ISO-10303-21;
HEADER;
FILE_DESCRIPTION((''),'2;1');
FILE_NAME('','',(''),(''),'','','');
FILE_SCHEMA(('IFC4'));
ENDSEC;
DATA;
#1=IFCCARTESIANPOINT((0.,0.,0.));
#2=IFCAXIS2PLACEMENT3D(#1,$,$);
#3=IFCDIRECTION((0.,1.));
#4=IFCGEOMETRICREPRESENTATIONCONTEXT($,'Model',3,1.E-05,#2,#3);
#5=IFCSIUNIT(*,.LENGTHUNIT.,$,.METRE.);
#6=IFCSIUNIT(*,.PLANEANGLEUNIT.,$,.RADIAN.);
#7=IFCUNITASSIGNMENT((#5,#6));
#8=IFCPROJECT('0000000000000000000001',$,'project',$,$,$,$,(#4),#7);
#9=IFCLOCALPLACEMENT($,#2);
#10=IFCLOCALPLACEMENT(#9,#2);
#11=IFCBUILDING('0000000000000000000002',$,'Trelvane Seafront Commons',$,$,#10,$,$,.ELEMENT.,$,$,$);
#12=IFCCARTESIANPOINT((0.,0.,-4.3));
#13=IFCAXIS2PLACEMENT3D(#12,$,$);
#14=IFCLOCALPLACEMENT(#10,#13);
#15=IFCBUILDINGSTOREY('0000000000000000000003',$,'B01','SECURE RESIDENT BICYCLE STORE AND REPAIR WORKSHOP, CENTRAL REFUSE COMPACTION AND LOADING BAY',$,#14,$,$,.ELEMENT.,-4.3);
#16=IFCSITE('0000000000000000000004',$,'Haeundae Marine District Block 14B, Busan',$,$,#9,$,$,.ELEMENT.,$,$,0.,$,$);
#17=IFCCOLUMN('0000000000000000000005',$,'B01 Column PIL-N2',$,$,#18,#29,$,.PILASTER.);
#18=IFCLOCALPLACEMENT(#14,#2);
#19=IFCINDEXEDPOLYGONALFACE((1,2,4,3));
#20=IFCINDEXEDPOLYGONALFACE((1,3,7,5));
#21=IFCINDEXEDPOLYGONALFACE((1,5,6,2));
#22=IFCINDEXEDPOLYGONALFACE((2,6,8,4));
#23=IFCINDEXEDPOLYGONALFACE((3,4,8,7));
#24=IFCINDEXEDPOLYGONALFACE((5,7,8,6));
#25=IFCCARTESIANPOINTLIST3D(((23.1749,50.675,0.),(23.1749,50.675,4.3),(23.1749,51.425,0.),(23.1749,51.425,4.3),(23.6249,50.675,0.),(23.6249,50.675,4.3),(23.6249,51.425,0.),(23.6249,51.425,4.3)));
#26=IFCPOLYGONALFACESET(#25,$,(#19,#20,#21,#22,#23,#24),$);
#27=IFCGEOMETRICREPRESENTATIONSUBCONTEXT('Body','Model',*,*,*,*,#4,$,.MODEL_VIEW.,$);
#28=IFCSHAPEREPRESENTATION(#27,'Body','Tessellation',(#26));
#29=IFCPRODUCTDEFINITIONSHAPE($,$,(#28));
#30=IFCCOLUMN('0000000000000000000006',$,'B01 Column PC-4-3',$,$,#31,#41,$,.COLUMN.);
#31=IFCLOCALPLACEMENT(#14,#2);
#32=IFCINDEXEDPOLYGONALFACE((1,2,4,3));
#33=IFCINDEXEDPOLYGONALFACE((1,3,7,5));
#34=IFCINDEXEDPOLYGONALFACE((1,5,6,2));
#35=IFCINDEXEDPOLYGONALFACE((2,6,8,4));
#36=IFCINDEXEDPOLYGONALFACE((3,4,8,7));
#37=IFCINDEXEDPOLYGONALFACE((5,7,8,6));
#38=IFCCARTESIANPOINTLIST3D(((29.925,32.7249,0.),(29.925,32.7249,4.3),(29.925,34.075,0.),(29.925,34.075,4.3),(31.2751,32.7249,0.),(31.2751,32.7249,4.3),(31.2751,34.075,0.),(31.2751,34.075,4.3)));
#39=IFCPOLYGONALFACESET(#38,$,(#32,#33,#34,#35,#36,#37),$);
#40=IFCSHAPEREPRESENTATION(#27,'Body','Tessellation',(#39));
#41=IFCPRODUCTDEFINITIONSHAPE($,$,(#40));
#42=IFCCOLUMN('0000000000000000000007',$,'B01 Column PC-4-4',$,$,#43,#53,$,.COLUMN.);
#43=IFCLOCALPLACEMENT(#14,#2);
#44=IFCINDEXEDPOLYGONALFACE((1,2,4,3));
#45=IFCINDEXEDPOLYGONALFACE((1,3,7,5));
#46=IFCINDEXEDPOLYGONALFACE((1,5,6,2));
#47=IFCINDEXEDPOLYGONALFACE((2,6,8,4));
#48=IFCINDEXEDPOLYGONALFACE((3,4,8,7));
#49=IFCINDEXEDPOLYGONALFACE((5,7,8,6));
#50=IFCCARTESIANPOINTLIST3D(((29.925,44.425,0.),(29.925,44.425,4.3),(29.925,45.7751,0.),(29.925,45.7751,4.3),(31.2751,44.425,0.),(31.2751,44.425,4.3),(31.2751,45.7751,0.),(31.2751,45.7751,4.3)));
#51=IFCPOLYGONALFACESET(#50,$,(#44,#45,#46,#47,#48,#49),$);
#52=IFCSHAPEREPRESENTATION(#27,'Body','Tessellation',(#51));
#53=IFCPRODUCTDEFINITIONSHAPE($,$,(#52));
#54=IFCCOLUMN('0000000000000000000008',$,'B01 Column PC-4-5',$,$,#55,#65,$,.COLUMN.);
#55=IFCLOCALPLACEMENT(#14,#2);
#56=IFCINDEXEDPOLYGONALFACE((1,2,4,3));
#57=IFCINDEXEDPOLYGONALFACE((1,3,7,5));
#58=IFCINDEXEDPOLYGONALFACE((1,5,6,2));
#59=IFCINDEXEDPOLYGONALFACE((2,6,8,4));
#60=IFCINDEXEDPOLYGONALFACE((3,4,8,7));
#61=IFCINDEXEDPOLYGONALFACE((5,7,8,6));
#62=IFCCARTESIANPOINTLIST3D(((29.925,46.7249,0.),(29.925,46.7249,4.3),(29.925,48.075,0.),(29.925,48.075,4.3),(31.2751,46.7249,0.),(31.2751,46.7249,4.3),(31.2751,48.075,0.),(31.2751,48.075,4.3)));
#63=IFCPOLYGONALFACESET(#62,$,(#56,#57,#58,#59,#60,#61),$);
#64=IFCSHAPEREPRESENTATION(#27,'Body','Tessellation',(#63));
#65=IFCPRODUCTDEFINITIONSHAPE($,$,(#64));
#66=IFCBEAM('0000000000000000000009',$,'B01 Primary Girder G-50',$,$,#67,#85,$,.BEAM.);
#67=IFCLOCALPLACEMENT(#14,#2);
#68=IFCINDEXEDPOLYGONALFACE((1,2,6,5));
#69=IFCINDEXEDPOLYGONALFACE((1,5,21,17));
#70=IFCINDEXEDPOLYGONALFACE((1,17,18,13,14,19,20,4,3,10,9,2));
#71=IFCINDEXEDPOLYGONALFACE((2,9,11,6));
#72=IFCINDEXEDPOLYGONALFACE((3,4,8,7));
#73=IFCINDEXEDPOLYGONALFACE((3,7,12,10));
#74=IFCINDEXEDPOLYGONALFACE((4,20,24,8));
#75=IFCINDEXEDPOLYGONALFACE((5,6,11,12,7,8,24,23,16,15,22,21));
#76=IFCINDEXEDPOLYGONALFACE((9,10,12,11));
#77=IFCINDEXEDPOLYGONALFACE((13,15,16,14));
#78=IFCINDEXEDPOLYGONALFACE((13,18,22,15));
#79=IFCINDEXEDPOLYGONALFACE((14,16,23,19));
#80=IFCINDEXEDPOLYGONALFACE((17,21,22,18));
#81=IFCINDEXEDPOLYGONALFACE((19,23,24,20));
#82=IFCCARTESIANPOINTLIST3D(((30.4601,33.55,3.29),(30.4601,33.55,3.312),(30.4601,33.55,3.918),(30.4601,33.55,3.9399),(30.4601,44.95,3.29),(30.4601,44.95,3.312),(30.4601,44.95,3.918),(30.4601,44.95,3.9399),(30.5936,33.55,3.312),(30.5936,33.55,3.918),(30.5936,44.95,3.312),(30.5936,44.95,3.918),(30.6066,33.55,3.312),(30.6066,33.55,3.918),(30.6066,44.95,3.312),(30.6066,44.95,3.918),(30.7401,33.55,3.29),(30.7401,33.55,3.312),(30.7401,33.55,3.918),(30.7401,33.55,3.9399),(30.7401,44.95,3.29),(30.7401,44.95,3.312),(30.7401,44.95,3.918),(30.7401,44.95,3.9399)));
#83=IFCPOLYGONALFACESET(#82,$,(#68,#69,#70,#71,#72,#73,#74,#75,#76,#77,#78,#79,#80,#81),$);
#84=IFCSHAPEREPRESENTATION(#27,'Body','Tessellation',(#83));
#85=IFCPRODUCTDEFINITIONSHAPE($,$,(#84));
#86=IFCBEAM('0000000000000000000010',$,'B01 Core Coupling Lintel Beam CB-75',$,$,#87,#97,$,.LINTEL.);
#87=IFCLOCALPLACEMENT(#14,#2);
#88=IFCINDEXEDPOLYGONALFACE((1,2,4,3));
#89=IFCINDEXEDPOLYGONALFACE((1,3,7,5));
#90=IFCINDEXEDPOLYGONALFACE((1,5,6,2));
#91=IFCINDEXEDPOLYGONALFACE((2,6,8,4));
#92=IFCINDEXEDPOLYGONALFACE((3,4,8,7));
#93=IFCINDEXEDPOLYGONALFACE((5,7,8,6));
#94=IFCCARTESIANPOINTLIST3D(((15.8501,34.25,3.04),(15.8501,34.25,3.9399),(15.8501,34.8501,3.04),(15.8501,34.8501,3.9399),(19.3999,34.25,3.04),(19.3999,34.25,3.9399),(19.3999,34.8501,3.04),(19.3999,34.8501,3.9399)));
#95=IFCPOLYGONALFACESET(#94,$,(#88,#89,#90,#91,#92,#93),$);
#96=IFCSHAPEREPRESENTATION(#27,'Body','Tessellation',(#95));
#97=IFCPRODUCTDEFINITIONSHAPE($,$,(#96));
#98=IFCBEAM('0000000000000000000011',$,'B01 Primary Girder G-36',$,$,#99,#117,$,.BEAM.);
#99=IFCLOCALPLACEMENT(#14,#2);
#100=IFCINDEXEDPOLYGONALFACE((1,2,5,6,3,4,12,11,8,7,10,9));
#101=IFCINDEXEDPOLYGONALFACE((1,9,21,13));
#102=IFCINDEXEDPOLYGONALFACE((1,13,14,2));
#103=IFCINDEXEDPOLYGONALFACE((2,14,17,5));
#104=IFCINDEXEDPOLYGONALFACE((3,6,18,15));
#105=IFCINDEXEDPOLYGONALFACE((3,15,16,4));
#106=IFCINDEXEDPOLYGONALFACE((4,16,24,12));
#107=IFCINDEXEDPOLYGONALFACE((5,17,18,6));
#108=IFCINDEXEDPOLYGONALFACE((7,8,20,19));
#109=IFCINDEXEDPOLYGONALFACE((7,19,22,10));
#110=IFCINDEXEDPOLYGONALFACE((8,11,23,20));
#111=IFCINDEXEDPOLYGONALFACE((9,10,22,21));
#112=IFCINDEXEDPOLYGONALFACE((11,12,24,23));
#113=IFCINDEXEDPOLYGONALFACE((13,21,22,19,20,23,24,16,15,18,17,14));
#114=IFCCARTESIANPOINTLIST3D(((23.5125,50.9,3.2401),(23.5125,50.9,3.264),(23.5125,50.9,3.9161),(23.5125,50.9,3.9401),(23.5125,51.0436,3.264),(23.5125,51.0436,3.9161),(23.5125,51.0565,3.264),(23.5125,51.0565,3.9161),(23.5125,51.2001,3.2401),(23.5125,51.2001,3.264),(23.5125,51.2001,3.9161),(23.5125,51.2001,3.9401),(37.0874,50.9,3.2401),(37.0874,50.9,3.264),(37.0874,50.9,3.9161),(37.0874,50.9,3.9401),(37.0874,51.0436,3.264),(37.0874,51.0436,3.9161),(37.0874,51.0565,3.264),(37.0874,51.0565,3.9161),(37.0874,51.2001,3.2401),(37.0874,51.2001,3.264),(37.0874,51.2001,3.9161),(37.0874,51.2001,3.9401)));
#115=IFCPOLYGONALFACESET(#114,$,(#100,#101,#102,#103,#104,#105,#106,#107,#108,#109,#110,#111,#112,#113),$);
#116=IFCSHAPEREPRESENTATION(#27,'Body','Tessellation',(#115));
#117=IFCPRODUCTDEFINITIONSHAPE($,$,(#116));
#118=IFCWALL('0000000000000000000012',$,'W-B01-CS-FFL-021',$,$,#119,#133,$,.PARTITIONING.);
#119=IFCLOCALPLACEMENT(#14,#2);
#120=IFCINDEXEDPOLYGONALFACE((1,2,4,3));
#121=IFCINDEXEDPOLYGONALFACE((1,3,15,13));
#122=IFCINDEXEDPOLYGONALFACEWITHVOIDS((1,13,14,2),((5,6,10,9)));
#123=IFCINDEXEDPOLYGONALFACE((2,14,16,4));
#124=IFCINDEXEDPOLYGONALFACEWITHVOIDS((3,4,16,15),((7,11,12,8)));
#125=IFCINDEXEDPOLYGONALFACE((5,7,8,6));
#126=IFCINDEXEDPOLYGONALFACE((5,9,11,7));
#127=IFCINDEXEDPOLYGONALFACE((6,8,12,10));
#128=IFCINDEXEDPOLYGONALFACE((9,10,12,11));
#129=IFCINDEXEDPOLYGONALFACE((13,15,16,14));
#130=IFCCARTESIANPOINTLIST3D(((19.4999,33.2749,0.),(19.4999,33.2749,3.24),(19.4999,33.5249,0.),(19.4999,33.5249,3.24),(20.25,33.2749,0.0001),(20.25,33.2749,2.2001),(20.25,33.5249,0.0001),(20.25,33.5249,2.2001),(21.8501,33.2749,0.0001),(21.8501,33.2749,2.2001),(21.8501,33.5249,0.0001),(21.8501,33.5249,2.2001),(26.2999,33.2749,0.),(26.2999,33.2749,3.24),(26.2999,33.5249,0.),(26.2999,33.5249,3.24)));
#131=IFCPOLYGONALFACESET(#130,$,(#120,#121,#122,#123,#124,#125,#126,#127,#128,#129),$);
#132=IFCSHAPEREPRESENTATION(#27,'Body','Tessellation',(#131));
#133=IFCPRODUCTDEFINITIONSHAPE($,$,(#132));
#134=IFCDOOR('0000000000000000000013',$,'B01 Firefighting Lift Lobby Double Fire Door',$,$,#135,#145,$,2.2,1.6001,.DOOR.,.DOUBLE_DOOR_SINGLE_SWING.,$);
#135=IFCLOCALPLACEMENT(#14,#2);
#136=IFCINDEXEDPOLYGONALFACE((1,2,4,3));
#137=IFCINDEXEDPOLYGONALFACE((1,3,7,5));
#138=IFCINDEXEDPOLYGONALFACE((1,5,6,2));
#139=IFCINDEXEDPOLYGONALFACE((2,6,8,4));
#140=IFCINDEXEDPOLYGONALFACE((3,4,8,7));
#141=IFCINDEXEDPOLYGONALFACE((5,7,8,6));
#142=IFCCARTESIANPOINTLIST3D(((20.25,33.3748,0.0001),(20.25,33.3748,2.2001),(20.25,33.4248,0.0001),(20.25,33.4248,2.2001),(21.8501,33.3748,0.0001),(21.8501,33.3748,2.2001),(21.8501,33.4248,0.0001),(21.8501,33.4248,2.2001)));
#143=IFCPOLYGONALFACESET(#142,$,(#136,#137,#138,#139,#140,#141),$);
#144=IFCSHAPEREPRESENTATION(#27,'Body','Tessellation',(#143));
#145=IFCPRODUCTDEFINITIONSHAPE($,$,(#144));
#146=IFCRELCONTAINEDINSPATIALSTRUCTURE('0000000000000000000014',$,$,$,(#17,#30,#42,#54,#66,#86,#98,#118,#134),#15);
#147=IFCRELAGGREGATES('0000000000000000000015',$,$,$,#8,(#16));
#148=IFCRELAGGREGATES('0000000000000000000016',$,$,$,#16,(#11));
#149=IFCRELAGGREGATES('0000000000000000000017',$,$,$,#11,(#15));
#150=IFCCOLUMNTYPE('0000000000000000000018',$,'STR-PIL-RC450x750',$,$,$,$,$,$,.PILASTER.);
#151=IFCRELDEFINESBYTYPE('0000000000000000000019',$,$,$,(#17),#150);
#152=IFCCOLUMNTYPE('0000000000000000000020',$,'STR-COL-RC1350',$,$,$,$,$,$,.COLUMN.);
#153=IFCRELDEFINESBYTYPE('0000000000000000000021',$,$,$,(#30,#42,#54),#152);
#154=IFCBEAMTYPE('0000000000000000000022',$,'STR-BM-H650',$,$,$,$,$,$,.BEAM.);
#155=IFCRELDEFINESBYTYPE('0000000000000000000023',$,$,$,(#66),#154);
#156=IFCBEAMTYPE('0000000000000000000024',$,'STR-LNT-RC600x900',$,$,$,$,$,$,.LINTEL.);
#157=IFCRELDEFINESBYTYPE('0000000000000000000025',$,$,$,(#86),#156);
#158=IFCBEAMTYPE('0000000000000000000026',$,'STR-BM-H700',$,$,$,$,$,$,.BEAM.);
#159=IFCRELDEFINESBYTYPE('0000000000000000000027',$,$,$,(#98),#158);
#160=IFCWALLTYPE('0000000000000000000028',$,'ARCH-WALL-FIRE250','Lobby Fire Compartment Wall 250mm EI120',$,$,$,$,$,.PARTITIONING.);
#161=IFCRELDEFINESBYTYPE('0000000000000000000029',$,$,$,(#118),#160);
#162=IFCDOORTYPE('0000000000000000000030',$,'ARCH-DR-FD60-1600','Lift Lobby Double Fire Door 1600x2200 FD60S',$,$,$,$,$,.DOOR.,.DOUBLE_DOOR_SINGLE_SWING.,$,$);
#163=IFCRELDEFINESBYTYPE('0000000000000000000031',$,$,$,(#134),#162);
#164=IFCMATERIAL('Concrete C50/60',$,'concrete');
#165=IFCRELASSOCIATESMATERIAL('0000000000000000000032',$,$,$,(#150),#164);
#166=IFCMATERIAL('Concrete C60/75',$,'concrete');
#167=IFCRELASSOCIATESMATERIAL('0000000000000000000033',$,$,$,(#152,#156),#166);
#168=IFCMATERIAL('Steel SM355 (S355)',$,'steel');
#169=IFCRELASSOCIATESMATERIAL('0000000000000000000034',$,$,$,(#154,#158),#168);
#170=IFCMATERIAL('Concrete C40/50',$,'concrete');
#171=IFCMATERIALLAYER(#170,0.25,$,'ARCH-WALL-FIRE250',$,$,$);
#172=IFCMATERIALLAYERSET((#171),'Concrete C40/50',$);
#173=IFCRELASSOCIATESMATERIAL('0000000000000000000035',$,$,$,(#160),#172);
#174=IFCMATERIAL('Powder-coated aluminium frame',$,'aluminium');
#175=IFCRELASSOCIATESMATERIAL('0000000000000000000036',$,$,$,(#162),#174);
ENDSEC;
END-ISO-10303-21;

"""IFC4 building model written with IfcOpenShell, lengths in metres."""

from ifc_helpers import new_model, si_unit, direction, frame, frame_2d, origin, origin_2d, place, context, subcontext, project, spatial, rectangle, i_section, extrude, source, transform, mapped, material, layer, layer_set, material_profile, profile_set, type_object, element, fill, save


model = new_model("IFC4")

# Units and contexts
model_context = context("Model", 3, precision=1e-05, world=origin(), true_north=direction((0.0, 1.0)))
body_context = subcontext(model_context, "Body", "Model", "MODEL_VIEW")
ifc_project = project(units=[si_unit("LENGTHUNIT", "METRE"), si_unit("PLANEANGLEUNIT", "RADIAN")], contexts=[model_context])

# Site, building, storey
site_placement = place(None, origin())
site = spatial("IfcSite", under=ifc_project, at=site_placement, Name="Haeundae Marine District Block 14B, Busan", CompositionType="ELEMENT", RefElevation=0.0)
building_placement = place(site_placement, origin())
building = spatial("IfcBuilding", under=site, at=building_placement, Name="Trelvane Seafront Commons", CompositionType="ELEMENT")
storey_placement = place(building_placement, frame((0.0, 0.0, -4.3)))
storey = spatial("IfcBuildingStorey", under=building, at=storey_placement, Name="B01", Description="SECURE RESIDENT BICYCLE STORE AND REPAIR WORKSHOP, CENTRAL REFUSE COMPACTION AND LOADING BAY", CompositionType="ELEMENT", Elevation=-4.3)

# Columns
ifc_material_1 = material(Name="Concrete C50/60", Category="concrete")
ifc_material_profile_1 = material_profile(ifc_material_1, rectangle(XDim=0.45, YDim=0.75, at=origin_2d()), Name="RC-450x750")
ifc_profile_set_1 = profile_set([ifc_material_profile_1], Name="Concrete C50/60")
column_type_1 = type_object("IfcColumnType", Name="STR-PIL-RC450x750", PredefinedType="PILASTER", material=ifc_profile_set_1)
shared_shape_1 = source(origin(), body_context, "Body", "SweptSolid", [
    extrude(rectangle(XDim=0.45, YDim=0.75, at=origin_2d()), origin(), (0.0, 0.0, 1.0), 4.3),
])
column_placement = place(storey_placement, frame((23.3999, 51.05, 0.0), z_axis=(0.0, 0.0, 1.0), x_axis=(1.0, 0.0, 0.0)))
element("IfcColumn", 1, at=column_placement, inside=storey, type_object=column_type_1, Name="B01 Column PIL-N2", PredefinedType="PILASTER", context=body_context, shape_type="MappedRepresentation", body=[
    mapped(shared_shape_1, transform((0.0, 0.0, 0.0), x_axis=(1.0, 0.0, 0.0), y_axis=(0.0, 1.0, 0.0), z_axis=(0.0, 0.0, 1.0), scale=1.0)),
])
ifc_material_2 = material(Name="Concrete C60/75", Category="concrete")
ifc_material_profile_2 = material_profile(ifc_material_2, rectangle(XDim=1.3501, YDim=1.3501, at=origin_2d()), Name="RC-1350x1350")
ifc_profile_set_2 = profile_set([ifc_material_profile_2], Name="Concrete C60/75")
column_type_2 = type_object("IfcColumnType", Name="STR-COL-RC1350", PredefinedType="COLUMN", material=ifc_profile_set_2)
shared_shape_2 = source(origin(), body_context, "Body", "SweptSolid", [
    extrude(rectangle(XDim=1.3501, YDim=1.3501, at=origin_2d()), origin(), (0.0, 0.0, 1.0), 4.3),
])
for number, where, z_axis, x_axis, name in (
    (2, (30.6001, 33.3999, 0.0), (0.0, 0.0, 1.0), (1.0, 0.0, 0.0), "B01 Column PC-4-3"),
    (3, (30.6001, 45.1001, 0.0), (0.0, 0.0, 1.0), (1.0, 0.0, 0.0), "B01 Column PC-4-4"),
    (4, (30.6001, 47.3999, 0.0), (0.0, 0.0, 1.0), (1.0, 0.0, 0.0), "B01 Column PC-4-5"),
):
    element("IfcColumn", number, at=place(storey_placement, frame(where, z_axis=z_axis, x_axis=x_axis)), inside=storey, type_object=column_type_2, Name=name, PredefinedType="COLUMN", context=body_context, shape_type="MappedRepresentation", body=[
        mapped(shared_shape_2, transform((0.0, 0.0, 0.0), x_axis=(1.0, 0.0, 0.0), y_axis=(0.0, 1.0, 0.0), z_axis=(0.0, 0.0, 1.0), scale=1.0)),
    ])

# Beams
ifc_material_3 = material(Name="Steel SM355 (S355)", Category="steel")
ifc_material_profile_3 = material_profile(ifc_material_3, i_section(OverallWidth=0.28, OverallDepth=0.6499, WebThickness=0.0129, FlangeThickness=0.022, at=origin_2d()), Name="H-650x280x13x22")
ifc_profile_set_3 = profile_set([ifc_material_profile_3], Name="Steel SM355 (S355)")
beam_type_1 = type_object("IfcBeamType", Name="STR-BM-H650", PredefinedType="BEAM", material=ifc_profile_set_3)
shared_shape_3 = source(origin(), body_context, "Body", "SweptSolid", [
    extrude(i_section(OverallWidth=0.28, OverallDepth=0.6499, WebThickness=0.0129, FlangeThickness=0.022, at=origin_2d()), origin(), (0.0, 0.0, 1.0), 11.3999),
])
beam_1_placement = place(storey_placement, frame((30.6001, 33.55, 3.615), z_axis=(0.0, 1.0, 0.0), x_axis=(-1.0, 0.0, 0.0)))
element("IfcBeam", 5, at=beam_1_placement, inside=storey, type_object=beam_type_1, Name="B01 Primary Girder G-50", PredefinedType="BEAM", context=body_context, shape_type="MappedRepresentation", body=[
    mapped(shared_shape_3, transform((0.0, 0.0, 0.0), x_axis=(1.0, 0.0, 0.0), y_axis=(0.0, 1.0, 0.0), z_axis=(0.0, 0.0, 1.0), scale=1.0)),
])
ifc_material_profile_4 = material_profile(ifc_material_2, rectangle(XDim=0.6001, YDim=0.8999, at=origin_2d()), Name="RC-600x900")
ifc_profile_set_4 = profile_set([ifc_material_profile_4], Name="Concrete C60/75")
beam_type_2 = type_object("IfcBeamType", Name="STR-LNT-RC600x900", PredefinedType="LINTEL", material=ifc_profile_set_4)
shared_shape_4 = source(origin(), body_context, "Body", "SweptSolid", [
    extrude(rectangle(XDim=0.6001, YDim=0.8999, at=origin_2d()), origin(), (0.0, 0.0, 1.0), 3.5498),
])
beam_2_placement = place(storey_placement, frame((15.8501, 34.55, 3.49), z_axis=(1.0, 0.0, 0.0), x_axis=(0.0, 1.0, 0.0)))
element("IfcBeam", 6, at=beam_2_placement, inside=storey, type_object=beam_type_2, Name="B01 Core Coupling Lintel Beam CB-75", PredefinedType="LINTEL", context=body_context, shape_type="MappedRepresentation", body=[
    mapped(shared_shape_4, transform((0.0, 0.0, 0.0), x_axis=(1.0, 0.0, 0.0), y_axis=(0.0, 1.0, 0.0), z_axis=(0.0, 0.0, 1.0), scale=1.0)),
])
ifc_material_profile_5 = material_profile(ifc_material_3, i_section(OverallWidth=0.3, OverallDepth=0.7, WebThickness=0.0129, FlangeThickness=0.0239, at=origin_2d()), Name="H-700x300x13x24")
ifc_profile_set_5 = profile_set([ifc_material_profile_5], Name="Steel SM355 (S355)")
beam_type_3 = type_object("IfcBeamType", Name="STR-BM-H700", PredefinedType="BEAM", material=ifc_profile_set_5)
shared_shape_5 = source(origin(), body_context, "Body", "SweptSolid", [
    extrude(i_section(OverallWidth=0.3, OverallDepth=0.7, WebThickness=0.0129, FlangeThickness=0.0239, at=origin_2d()), origin(), (0.0, 0.0, 1.0), 13.575),
])
beam_3_placement = place(storey_placement, frame((23.5125, 51.05, 3.5901), z_axis=(1.0, 0.0, 0.0), x_axis=(0.0, 1.0, 0.0)))
element("IfcBeam", 7, at=beam_3_placement, inside=storey, type_object=beam_type_3, Name="B01 Primary Girder G-36", PredefinedType="BEAM", context=body_context, shape_type="MappedRepresentation", body=[
    mapped(shared_shape_5, transform((0.0, 0.0, 0.0), x_axis=(1.0, 0.0, 0.0), y_axis=(0.0, 1.0, 0.0), z_axis=(0.0, 0.0, 1.0), scale=1.0)),
])

# Wall, opening, door
ifc_material_4 = material(Name="Concrete C40/50", Category="concrete")
ifc_layer_1 = layer(ifc_material_4, 0.25, Name="ARCH-WALL-FIRE250")
ifc_layer_set_1 = layer_set([ifc_layer_1], Name="Concrete C40/50")
wall_type_1 = type_object("IfcWallType", Name="ARCH-WALL-FIRE250", Description="Lobby Fire Compartment Wall 250mm EI120", PredefinedType="PARTITIONING", material=ifc_layer_set_1)
wall_1_placement = place(storey_placement, frame((19.5, 33.3999, 0.0), z_axis=(0.0, 0.0, 1.0), x_axis=(1.0, 0.0, 0.0)))
wall_1 = element("IfcWall", 8, at=wall_1_placement, inside=storey, type_object=wall_type_1, Name="W-B01-CS-FFL-021", PredefinedType="PARTITIONING", context=body_context, shape_type="SweptSolid", body=[
    extrude(rectangle(XDim=6.8, YDim=0.25, at=frame_2d((3.3999, 0.0))), origin(), (0.0, 0.0, 1.0), 3.24),
])
opening_1_placement = place(wall_1_placement, frame((0.75, 0.0, 0.0)))
opening_1 = element("IfcOpeningElement", 9, at=opening_1_placement, cuts=wall_1, PredefinedType="OPENING", context=body_context, shape_type="SweptSolid", body=[
    extrude(rectangle(XDim=1.6001, YDim=2.2, at=frame_2d((0.8, 1.1001))), frame((0.0, 0.135, 0.0), z_axis=(0.0, -1.0, 0.0), x_axis=(1.0, 0.0, 0.0)), (0.0, 0.0, 1.0), 0.27),
])
ifc_material_5 = material(Name="Powder-coated aluminium frame", Category="aluminium")
door_type_1 = type_object("IfcDoorType", Name="ARCH-DR-FD60-1600", Description="Lift Lobby Double Fire Door 1600x2200 FD60S", OperationType="DOUBLE_DOOR_SINGLE_SWING", PredefinedType="DOOR", material=ifc_material_5)
shared_shape_6 = source(origin(), body_context, "Body", "SweptSolid", [
    extrude(rectangle(XDim=1.6001, YDim=2.2, at=frame_2d((0.8, 1.1001))), frame((0.0, 0.0249, 0.0), z_axis=(0.0, -1.0, 0.0), x_axis=(1.0, 0.0, 0.0)), (0.0, 0.0, 1.0), 0.05),
])
door_1_placement = place(opening_1_placement, origin())
door_1 = element("IfcDoor", 10, at=door_1_placement, inside=storey, type_object=door_type_1, Name="B01 Firefighting Lift Lobby Double Fire Door", OperationType="DOUBLE_DOOR_SINGLE_SWING", OverallHeight=2.2, OverallWidth=1.6001, PredefinedType="DOOR", context=body_context, shape_type="MappedRepresentation", body=[
    mapped(shared_shape_6, transform((0.0, 0.0, 0.0), x_axis=(1.0, 0.0, 0.0), y_axis=(0.0, 1.0, 0.0), z_axis=(0.0, 0.0, 1.0), scale=1.0)),
])
fill(opening_1, door_1)

save(model, "model.ifc")
